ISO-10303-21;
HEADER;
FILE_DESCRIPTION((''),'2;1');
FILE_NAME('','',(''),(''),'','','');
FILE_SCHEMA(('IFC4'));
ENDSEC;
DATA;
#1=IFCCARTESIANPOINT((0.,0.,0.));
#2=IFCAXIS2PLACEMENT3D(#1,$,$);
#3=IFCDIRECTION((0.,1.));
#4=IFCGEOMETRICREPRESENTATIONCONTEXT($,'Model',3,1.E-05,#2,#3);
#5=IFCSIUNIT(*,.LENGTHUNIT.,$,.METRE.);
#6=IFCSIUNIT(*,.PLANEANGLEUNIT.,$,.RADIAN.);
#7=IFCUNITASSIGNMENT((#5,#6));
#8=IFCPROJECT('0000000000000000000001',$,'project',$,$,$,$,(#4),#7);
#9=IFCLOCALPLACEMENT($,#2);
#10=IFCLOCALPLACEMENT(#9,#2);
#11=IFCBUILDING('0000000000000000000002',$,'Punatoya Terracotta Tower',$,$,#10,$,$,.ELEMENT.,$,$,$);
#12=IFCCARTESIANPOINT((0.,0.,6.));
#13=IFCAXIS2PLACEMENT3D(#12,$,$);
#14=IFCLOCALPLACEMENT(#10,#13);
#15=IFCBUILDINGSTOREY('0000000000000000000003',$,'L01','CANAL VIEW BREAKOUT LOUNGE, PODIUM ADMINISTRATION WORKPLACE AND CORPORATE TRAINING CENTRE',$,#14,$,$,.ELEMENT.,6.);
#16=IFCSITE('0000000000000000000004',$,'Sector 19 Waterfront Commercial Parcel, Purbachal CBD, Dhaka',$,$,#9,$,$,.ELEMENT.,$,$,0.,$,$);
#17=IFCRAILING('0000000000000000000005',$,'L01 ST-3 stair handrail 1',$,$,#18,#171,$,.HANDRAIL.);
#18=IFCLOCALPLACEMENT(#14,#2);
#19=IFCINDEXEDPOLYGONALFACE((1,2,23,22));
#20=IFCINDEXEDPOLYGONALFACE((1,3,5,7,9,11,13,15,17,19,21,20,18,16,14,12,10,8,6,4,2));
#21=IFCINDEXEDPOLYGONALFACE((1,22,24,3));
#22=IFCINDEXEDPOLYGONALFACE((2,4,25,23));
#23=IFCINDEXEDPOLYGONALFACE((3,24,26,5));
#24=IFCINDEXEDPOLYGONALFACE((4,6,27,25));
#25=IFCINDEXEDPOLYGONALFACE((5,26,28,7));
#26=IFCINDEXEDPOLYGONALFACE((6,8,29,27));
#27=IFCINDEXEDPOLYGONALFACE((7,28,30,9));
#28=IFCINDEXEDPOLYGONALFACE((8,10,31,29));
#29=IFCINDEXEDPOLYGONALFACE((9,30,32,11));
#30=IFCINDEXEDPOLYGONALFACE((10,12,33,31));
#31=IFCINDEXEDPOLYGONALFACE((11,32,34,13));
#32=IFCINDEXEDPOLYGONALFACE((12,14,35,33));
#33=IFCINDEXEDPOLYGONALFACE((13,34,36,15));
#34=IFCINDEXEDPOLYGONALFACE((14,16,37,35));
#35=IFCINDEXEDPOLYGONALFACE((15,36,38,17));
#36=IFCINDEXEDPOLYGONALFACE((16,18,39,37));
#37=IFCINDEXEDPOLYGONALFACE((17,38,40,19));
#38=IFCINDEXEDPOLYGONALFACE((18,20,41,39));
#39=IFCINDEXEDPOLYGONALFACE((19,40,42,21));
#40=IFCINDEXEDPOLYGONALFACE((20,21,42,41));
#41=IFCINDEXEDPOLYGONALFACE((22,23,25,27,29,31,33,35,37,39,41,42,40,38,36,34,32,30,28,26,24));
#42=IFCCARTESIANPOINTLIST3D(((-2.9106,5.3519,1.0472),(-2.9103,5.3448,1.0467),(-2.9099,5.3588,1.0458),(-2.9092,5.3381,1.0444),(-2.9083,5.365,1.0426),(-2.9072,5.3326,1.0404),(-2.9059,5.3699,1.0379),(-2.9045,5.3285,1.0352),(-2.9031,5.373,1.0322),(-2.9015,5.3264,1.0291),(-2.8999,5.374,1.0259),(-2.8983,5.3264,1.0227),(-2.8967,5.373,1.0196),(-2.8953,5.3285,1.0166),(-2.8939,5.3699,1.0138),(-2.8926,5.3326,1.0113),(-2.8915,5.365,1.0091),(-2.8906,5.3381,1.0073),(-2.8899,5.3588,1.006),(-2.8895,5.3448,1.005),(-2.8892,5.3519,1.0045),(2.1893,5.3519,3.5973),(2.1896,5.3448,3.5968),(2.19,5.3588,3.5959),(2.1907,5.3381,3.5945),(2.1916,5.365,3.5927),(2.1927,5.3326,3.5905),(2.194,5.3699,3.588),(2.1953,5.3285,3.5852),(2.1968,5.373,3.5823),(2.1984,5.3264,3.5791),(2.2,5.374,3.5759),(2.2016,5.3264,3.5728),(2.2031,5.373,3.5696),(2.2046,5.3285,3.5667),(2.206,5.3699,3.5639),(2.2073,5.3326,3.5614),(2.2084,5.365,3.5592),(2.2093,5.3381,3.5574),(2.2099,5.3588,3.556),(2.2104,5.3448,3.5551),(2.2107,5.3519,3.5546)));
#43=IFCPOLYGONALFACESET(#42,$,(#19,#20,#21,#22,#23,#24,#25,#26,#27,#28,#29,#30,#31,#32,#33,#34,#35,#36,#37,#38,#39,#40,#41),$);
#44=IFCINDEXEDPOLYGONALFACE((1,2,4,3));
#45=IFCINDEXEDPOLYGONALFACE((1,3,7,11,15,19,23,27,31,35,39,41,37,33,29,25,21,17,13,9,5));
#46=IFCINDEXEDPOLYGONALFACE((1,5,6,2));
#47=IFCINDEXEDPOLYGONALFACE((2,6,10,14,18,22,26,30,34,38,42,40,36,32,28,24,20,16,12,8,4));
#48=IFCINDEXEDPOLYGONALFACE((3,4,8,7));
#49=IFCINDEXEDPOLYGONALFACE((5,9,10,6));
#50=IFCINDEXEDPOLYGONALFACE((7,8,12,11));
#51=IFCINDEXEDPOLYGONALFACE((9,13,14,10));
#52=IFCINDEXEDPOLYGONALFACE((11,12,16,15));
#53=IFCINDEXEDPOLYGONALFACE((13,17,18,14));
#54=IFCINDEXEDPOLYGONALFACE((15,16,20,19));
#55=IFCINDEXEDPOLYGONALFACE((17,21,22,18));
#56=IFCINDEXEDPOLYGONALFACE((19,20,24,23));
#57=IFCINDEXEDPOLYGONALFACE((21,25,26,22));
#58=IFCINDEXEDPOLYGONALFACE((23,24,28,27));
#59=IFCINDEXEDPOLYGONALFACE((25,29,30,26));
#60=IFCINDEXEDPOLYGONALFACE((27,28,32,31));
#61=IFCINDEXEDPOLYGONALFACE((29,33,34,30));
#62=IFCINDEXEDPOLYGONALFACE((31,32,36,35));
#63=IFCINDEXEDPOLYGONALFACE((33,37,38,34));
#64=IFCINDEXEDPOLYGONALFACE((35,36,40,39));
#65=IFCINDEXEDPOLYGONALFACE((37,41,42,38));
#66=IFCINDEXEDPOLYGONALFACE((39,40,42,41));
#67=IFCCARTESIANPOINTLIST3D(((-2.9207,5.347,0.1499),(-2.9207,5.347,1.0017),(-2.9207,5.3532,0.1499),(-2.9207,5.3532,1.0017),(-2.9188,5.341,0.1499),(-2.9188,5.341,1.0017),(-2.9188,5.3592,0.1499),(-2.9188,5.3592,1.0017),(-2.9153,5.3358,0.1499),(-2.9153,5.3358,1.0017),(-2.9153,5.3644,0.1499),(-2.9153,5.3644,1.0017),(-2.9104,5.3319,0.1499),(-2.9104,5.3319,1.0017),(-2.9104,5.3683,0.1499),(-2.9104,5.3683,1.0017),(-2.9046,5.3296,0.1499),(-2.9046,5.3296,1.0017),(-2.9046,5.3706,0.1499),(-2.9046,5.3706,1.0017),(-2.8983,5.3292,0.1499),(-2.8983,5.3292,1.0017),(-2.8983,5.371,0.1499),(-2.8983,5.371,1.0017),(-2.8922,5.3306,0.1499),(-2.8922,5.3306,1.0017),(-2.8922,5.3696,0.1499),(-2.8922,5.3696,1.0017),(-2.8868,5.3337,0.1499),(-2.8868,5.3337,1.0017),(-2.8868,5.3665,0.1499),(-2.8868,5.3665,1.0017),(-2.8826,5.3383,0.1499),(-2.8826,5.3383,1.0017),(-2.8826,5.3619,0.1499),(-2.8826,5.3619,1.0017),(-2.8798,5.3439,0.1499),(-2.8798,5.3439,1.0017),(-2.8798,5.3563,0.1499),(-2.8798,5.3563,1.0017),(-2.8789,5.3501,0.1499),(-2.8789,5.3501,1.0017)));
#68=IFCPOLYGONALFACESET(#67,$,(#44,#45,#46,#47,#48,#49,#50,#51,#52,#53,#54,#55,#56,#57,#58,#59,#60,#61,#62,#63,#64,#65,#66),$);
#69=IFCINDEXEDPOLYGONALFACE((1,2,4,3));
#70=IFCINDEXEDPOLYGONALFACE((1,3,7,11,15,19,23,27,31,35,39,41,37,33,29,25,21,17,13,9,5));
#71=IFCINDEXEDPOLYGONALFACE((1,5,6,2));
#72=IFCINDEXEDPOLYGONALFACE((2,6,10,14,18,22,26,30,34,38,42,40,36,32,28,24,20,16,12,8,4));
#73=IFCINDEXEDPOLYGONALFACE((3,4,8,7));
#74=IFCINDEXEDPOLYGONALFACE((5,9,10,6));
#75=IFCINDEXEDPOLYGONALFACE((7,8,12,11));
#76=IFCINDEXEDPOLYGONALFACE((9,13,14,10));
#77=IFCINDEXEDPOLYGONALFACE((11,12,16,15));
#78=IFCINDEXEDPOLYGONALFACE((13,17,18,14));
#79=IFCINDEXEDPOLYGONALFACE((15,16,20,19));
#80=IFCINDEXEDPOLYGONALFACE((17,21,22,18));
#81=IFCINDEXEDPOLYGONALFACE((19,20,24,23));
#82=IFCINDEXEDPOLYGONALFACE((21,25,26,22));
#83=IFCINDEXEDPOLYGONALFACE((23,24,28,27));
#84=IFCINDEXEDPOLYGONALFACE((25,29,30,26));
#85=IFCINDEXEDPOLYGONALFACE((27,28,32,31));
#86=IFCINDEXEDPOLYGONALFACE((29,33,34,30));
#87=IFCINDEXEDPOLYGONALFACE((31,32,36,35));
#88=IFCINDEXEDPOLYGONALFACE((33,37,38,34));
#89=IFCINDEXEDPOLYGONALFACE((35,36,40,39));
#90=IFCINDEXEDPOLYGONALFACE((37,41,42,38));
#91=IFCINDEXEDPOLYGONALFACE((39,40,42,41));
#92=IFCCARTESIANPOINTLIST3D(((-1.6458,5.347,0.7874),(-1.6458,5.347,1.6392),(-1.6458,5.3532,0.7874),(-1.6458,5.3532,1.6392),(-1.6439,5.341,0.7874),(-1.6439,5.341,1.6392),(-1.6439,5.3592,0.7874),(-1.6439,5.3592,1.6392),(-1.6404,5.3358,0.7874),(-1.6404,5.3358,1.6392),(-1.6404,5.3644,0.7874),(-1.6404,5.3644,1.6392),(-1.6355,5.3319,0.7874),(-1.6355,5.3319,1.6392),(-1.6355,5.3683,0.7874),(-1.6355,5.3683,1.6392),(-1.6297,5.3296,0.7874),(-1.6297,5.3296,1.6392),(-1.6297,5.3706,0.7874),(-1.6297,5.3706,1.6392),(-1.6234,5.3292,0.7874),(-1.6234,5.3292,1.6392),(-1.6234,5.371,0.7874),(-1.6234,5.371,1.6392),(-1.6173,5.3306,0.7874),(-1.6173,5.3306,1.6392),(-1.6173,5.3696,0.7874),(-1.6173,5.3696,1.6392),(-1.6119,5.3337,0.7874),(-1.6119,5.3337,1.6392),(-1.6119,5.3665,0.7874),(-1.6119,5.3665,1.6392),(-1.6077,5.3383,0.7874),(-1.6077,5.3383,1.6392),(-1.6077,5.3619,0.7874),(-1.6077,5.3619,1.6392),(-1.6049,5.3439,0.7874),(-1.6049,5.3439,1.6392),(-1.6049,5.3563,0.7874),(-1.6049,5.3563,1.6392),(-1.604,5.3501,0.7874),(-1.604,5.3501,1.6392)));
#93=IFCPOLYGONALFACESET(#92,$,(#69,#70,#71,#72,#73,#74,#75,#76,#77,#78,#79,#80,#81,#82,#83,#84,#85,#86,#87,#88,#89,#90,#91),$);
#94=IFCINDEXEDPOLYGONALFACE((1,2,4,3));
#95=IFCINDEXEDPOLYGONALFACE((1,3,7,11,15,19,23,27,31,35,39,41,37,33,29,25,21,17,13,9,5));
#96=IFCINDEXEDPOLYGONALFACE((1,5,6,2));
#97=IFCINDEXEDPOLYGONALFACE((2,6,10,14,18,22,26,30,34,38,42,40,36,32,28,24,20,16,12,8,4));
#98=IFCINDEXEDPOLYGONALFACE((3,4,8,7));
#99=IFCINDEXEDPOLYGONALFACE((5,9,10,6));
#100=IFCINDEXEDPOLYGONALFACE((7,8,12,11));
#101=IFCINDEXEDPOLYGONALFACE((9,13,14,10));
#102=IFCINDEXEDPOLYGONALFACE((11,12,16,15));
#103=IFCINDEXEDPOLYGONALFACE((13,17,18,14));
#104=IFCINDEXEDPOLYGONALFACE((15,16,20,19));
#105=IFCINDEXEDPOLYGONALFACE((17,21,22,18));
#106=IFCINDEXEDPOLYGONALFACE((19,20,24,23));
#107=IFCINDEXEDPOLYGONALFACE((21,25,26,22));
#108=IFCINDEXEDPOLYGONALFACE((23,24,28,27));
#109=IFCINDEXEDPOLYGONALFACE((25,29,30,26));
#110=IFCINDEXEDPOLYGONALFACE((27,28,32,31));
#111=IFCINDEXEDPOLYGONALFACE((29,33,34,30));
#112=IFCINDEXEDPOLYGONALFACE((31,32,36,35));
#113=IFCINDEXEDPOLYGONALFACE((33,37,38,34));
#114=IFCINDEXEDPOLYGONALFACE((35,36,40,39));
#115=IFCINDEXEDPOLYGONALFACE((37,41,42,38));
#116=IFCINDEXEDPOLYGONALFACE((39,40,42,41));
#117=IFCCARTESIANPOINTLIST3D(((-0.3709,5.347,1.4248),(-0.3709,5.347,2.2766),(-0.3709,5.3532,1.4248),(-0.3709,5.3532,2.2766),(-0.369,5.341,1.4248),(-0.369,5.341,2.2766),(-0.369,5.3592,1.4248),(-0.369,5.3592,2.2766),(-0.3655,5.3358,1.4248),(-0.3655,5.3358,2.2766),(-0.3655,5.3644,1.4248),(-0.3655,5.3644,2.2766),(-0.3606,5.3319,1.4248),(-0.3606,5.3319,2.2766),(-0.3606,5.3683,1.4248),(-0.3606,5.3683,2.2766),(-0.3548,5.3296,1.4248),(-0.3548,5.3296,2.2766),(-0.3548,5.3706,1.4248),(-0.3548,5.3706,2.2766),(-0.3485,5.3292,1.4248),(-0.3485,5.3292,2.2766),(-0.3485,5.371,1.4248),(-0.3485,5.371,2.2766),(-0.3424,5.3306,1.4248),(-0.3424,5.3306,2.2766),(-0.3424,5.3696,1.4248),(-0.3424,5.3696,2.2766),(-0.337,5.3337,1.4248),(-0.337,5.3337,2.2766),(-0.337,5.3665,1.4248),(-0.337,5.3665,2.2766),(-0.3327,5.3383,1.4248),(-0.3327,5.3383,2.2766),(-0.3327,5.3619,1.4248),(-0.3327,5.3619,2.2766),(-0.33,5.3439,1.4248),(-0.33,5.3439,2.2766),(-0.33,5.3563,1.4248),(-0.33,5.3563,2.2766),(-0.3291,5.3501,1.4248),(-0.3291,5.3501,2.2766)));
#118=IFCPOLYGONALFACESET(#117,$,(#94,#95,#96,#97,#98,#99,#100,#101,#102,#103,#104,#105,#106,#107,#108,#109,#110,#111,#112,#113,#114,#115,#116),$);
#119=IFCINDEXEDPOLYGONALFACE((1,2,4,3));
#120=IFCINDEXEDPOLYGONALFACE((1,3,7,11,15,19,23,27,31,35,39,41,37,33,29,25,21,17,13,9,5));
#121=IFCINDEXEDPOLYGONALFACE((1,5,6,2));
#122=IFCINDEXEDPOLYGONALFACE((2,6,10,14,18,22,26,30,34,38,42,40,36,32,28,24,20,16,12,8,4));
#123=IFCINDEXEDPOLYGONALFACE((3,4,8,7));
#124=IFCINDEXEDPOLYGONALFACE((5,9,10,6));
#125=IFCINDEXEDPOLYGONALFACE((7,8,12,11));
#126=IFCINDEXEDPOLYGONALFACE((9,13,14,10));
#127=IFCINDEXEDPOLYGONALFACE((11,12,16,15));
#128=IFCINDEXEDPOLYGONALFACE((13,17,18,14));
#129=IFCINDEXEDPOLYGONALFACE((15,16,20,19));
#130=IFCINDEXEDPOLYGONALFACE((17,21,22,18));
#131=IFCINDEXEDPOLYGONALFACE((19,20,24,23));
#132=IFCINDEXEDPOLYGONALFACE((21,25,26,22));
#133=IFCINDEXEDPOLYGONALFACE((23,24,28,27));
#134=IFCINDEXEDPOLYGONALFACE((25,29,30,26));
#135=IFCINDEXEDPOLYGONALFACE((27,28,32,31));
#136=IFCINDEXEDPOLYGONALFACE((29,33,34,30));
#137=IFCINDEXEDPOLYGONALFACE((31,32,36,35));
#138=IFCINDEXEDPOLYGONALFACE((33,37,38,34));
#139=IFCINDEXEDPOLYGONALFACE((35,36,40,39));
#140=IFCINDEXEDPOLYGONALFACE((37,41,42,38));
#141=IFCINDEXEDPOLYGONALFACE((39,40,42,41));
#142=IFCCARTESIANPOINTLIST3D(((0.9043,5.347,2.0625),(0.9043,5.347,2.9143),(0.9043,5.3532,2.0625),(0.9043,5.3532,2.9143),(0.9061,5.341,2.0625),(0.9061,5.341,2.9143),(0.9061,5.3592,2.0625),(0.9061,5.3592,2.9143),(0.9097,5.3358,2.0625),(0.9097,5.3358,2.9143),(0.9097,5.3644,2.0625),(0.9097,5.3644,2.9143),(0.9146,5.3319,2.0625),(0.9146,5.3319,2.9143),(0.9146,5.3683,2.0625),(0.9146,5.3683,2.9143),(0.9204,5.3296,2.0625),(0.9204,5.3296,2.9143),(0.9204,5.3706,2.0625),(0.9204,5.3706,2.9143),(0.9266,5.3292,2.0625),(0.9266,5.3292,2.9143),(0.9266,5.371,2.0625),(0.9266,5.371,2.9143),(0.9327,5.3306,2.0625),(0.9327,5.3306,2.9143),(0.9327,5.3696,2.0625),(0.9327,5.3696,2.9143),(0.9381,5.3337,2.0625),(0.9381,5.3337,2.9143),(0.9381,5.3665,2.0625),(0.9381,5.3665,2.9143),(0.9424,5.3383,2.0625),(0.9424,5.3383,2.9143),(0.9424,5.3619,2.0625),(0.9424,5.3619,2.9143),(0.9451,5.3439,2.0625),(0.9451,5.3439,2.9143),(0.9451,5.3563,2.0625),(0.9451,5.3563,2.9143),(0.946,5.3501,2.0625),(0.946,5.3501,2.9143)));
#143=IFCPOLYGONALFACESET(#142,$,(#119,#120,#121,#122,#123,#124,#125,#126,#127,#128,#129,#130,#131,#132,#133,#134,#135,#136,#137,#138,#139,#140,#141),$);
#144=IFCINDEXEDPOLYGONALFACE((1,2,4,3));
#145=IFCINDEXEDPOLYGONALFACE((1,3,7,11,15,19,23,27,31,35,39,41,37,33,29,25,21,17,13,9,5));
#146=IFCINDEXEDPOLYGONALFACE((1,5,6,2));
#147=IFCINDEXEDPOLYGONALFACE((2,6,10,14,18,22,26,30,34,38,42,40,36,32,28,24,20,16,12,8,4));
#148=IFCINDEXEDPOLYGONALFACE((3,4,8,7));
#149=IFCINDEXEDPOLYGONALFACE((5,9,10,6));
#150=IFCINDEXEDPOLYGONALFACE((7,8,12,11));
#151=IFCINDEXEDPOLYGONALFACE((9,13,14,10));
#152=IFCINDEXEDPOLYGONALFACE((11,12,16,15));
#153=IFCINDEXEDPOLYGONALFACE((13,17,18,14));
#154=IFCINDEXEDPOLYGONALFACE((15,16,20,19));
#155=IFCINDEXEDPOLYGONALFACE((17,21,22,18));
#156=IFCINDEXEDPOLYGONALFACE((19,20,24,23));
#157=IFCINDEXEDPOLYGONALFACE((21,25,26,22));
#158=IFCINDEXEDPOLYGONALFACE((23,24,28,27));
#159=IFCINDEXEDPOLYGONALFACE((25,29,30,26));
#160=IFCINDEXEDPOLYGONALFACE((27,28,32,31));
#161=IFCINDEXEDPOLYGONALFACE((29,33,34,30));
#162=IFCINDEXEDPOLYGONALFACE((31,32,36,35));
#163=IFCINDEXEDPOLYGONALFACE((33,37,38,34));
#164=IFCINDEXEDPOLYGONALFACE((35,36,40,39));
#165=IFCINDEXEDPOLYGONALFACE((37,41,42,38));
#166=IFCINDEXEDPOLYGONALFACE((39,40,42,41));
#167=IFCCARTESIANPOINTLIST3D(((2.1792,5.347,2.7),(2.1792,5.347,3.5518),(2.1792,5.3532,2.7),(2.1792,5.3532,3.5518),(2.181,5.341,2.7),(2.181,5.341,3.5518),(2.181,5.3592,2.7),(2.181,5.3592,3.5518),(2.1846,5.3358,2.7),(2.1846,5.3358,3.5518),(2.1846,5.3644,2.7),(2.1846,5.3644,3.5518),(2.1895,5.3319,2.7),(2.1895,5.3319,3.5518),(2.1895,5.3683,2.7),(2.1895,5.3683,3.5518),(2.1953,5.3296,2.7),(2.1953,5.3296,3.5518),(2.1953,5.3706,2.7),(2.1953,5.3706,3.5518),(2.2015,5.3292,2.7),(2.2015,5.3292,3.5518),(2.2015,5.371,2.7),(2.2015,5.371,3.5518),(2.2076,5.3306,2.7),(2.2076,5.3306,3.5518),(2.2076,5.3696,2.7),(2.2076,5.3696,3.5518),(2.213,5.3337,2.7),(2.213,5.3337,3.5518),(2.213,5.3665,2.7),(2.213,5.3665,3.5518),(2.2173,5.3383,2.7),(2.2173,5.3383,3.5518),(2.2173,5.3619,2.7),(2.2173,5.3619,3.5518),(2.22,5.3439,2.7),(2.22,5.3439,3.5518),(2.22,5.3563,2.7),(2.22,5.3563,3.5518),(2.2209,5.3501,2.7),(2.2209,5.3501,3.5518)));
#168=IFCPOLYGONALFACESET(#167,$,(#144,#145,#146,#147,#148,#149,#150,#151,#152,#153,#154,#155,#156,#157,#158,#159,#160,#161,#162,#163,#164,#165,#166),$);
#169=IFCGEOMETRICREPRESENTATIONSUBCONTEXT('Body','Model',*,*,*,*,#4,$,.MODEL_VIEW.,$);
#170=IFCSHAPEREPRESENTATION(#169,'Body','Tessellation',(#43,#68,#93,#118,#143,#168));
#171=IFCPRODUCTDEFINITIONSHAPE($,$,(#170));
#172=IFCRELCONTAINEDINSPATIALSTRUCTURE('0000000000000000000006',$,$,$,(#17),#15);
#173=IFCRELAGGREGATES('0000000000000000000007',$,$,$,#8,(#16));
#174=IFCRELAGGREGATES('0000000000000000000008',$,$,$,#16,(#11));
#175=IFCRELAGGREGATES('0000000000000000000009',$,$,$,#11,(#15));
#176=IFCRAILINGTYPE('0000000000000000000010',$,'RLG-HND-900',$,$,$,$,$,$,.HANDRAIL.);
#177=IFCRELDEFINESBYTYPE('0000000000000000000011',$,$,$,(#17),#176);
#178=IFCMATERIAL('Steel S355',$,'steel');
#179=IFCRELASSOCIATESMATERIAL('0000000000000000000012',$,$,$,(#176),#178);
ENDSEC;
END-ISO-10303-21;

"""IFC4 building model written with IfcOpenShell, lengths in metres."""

from ifc_helpers import new_model, si_unit, direction, frame, origin, origin_2d, place, context, subcontext, project, spatial, circle, extrude, material, type_object, element, save


model = new_model("IFC4")

# Units and contexts
model_context = context("Model", 3, precision=1e-05, world=origin(), true_north=direction((0.0, 1.0)))
body_context = subcontext(model_context, "Body", "Model", "MODEL_VIEW")
ifc_project = project(units=[si_unit("LENGTHUNIT", "METRE"), si_unit("PLANEANGLEUNIT", "RADIAN")], contexts=[model_context])

# Site, building, storey
site_placement = place(None, origin())
site = spatial("IfcSite", under=ifc_project, at=site_placement, Name="Sector 19 Waterfront Commercial Parcel, Purbachal CBD, Dhaka", CompositionType="ELEMENT", RefElevation=0.0)
building_placement = place(site_placement, origin())
building = spatial("IfcBuilding", under=site, at=building_placement, Name="Punatoya Terracotta Tower", CompositionType="ELEMENT")
storey_placement = place(building_placement, frame((0.0, 0.0, 6.0)))
storey = spatial("IfcBuildingStorey", under=building, at=storey_placement, Name="L01", Description="CANAL VIEW BREAKOUT LOUNGE, PODIUM ADMINISTRATION WORKPLACE AND CORPORATE TRAINING CENTRE", CompositionType="ELEMENT", Elevation=6.0)

# Shared definitions
ifc_material_1 = material(Name="Steel S355", Category="steel")

# Railing
railing_type_1 = type_object("IfcRailingType", Name="RLG-HND-900", PredefinedType="HANDRAIL", material=ifc_material_1)
railing_1_placement = place(storey_placement, frame((-2.8999, 5.3501, 0.1499)))
element("IfcRailing", 1, at=railing_1_placement, inside=storey, type_object=railing_type_1, Name="L01 ST-3 stair handrail 1", PredefinedType="HANDRAIL", context=body_context, shape_type="SweptSolid", body=[
    extrude(circle(Radius=0.0239, at=origin_2d()), frame((0.0, 0.0, 0.876), z_axis=(0.894419, 0.0, 0.447231), x_axis=(0.0, 1.0, 0.0)), (0.0, 0.0, 1.0), 5.7019),
    extrude(circle(Radius=0.021, at=origin_2d()), origin(), (0.0, 0.0, 1.0), 0.8518),
    extrude(circle(Radius=0.021, at=origin_2d()), frame((1.2749, 0.0, 0.6375)), (0.0, 0.0, 1.0), 0.8518),
    extrude(circle(Radius=0.021, at=origin_2d()), frame((2.5498, 0.0, 1.2749)), (0.0, 0.0, 1.0), 0.8518),
    extrude(circle(Radius=0.021, at=origin_2d()), frame((3.825, 0.0, 1.9126)), (0.0, 0.0, 1.0), 0.8518),
    extrude(circle(Radius=0.021, at=origin_2d()), frame((5.0999, 0.0, 2.55)), (0.0, 0.0, 1.0), 0.8518),
])

save(model, "model.ifc")
